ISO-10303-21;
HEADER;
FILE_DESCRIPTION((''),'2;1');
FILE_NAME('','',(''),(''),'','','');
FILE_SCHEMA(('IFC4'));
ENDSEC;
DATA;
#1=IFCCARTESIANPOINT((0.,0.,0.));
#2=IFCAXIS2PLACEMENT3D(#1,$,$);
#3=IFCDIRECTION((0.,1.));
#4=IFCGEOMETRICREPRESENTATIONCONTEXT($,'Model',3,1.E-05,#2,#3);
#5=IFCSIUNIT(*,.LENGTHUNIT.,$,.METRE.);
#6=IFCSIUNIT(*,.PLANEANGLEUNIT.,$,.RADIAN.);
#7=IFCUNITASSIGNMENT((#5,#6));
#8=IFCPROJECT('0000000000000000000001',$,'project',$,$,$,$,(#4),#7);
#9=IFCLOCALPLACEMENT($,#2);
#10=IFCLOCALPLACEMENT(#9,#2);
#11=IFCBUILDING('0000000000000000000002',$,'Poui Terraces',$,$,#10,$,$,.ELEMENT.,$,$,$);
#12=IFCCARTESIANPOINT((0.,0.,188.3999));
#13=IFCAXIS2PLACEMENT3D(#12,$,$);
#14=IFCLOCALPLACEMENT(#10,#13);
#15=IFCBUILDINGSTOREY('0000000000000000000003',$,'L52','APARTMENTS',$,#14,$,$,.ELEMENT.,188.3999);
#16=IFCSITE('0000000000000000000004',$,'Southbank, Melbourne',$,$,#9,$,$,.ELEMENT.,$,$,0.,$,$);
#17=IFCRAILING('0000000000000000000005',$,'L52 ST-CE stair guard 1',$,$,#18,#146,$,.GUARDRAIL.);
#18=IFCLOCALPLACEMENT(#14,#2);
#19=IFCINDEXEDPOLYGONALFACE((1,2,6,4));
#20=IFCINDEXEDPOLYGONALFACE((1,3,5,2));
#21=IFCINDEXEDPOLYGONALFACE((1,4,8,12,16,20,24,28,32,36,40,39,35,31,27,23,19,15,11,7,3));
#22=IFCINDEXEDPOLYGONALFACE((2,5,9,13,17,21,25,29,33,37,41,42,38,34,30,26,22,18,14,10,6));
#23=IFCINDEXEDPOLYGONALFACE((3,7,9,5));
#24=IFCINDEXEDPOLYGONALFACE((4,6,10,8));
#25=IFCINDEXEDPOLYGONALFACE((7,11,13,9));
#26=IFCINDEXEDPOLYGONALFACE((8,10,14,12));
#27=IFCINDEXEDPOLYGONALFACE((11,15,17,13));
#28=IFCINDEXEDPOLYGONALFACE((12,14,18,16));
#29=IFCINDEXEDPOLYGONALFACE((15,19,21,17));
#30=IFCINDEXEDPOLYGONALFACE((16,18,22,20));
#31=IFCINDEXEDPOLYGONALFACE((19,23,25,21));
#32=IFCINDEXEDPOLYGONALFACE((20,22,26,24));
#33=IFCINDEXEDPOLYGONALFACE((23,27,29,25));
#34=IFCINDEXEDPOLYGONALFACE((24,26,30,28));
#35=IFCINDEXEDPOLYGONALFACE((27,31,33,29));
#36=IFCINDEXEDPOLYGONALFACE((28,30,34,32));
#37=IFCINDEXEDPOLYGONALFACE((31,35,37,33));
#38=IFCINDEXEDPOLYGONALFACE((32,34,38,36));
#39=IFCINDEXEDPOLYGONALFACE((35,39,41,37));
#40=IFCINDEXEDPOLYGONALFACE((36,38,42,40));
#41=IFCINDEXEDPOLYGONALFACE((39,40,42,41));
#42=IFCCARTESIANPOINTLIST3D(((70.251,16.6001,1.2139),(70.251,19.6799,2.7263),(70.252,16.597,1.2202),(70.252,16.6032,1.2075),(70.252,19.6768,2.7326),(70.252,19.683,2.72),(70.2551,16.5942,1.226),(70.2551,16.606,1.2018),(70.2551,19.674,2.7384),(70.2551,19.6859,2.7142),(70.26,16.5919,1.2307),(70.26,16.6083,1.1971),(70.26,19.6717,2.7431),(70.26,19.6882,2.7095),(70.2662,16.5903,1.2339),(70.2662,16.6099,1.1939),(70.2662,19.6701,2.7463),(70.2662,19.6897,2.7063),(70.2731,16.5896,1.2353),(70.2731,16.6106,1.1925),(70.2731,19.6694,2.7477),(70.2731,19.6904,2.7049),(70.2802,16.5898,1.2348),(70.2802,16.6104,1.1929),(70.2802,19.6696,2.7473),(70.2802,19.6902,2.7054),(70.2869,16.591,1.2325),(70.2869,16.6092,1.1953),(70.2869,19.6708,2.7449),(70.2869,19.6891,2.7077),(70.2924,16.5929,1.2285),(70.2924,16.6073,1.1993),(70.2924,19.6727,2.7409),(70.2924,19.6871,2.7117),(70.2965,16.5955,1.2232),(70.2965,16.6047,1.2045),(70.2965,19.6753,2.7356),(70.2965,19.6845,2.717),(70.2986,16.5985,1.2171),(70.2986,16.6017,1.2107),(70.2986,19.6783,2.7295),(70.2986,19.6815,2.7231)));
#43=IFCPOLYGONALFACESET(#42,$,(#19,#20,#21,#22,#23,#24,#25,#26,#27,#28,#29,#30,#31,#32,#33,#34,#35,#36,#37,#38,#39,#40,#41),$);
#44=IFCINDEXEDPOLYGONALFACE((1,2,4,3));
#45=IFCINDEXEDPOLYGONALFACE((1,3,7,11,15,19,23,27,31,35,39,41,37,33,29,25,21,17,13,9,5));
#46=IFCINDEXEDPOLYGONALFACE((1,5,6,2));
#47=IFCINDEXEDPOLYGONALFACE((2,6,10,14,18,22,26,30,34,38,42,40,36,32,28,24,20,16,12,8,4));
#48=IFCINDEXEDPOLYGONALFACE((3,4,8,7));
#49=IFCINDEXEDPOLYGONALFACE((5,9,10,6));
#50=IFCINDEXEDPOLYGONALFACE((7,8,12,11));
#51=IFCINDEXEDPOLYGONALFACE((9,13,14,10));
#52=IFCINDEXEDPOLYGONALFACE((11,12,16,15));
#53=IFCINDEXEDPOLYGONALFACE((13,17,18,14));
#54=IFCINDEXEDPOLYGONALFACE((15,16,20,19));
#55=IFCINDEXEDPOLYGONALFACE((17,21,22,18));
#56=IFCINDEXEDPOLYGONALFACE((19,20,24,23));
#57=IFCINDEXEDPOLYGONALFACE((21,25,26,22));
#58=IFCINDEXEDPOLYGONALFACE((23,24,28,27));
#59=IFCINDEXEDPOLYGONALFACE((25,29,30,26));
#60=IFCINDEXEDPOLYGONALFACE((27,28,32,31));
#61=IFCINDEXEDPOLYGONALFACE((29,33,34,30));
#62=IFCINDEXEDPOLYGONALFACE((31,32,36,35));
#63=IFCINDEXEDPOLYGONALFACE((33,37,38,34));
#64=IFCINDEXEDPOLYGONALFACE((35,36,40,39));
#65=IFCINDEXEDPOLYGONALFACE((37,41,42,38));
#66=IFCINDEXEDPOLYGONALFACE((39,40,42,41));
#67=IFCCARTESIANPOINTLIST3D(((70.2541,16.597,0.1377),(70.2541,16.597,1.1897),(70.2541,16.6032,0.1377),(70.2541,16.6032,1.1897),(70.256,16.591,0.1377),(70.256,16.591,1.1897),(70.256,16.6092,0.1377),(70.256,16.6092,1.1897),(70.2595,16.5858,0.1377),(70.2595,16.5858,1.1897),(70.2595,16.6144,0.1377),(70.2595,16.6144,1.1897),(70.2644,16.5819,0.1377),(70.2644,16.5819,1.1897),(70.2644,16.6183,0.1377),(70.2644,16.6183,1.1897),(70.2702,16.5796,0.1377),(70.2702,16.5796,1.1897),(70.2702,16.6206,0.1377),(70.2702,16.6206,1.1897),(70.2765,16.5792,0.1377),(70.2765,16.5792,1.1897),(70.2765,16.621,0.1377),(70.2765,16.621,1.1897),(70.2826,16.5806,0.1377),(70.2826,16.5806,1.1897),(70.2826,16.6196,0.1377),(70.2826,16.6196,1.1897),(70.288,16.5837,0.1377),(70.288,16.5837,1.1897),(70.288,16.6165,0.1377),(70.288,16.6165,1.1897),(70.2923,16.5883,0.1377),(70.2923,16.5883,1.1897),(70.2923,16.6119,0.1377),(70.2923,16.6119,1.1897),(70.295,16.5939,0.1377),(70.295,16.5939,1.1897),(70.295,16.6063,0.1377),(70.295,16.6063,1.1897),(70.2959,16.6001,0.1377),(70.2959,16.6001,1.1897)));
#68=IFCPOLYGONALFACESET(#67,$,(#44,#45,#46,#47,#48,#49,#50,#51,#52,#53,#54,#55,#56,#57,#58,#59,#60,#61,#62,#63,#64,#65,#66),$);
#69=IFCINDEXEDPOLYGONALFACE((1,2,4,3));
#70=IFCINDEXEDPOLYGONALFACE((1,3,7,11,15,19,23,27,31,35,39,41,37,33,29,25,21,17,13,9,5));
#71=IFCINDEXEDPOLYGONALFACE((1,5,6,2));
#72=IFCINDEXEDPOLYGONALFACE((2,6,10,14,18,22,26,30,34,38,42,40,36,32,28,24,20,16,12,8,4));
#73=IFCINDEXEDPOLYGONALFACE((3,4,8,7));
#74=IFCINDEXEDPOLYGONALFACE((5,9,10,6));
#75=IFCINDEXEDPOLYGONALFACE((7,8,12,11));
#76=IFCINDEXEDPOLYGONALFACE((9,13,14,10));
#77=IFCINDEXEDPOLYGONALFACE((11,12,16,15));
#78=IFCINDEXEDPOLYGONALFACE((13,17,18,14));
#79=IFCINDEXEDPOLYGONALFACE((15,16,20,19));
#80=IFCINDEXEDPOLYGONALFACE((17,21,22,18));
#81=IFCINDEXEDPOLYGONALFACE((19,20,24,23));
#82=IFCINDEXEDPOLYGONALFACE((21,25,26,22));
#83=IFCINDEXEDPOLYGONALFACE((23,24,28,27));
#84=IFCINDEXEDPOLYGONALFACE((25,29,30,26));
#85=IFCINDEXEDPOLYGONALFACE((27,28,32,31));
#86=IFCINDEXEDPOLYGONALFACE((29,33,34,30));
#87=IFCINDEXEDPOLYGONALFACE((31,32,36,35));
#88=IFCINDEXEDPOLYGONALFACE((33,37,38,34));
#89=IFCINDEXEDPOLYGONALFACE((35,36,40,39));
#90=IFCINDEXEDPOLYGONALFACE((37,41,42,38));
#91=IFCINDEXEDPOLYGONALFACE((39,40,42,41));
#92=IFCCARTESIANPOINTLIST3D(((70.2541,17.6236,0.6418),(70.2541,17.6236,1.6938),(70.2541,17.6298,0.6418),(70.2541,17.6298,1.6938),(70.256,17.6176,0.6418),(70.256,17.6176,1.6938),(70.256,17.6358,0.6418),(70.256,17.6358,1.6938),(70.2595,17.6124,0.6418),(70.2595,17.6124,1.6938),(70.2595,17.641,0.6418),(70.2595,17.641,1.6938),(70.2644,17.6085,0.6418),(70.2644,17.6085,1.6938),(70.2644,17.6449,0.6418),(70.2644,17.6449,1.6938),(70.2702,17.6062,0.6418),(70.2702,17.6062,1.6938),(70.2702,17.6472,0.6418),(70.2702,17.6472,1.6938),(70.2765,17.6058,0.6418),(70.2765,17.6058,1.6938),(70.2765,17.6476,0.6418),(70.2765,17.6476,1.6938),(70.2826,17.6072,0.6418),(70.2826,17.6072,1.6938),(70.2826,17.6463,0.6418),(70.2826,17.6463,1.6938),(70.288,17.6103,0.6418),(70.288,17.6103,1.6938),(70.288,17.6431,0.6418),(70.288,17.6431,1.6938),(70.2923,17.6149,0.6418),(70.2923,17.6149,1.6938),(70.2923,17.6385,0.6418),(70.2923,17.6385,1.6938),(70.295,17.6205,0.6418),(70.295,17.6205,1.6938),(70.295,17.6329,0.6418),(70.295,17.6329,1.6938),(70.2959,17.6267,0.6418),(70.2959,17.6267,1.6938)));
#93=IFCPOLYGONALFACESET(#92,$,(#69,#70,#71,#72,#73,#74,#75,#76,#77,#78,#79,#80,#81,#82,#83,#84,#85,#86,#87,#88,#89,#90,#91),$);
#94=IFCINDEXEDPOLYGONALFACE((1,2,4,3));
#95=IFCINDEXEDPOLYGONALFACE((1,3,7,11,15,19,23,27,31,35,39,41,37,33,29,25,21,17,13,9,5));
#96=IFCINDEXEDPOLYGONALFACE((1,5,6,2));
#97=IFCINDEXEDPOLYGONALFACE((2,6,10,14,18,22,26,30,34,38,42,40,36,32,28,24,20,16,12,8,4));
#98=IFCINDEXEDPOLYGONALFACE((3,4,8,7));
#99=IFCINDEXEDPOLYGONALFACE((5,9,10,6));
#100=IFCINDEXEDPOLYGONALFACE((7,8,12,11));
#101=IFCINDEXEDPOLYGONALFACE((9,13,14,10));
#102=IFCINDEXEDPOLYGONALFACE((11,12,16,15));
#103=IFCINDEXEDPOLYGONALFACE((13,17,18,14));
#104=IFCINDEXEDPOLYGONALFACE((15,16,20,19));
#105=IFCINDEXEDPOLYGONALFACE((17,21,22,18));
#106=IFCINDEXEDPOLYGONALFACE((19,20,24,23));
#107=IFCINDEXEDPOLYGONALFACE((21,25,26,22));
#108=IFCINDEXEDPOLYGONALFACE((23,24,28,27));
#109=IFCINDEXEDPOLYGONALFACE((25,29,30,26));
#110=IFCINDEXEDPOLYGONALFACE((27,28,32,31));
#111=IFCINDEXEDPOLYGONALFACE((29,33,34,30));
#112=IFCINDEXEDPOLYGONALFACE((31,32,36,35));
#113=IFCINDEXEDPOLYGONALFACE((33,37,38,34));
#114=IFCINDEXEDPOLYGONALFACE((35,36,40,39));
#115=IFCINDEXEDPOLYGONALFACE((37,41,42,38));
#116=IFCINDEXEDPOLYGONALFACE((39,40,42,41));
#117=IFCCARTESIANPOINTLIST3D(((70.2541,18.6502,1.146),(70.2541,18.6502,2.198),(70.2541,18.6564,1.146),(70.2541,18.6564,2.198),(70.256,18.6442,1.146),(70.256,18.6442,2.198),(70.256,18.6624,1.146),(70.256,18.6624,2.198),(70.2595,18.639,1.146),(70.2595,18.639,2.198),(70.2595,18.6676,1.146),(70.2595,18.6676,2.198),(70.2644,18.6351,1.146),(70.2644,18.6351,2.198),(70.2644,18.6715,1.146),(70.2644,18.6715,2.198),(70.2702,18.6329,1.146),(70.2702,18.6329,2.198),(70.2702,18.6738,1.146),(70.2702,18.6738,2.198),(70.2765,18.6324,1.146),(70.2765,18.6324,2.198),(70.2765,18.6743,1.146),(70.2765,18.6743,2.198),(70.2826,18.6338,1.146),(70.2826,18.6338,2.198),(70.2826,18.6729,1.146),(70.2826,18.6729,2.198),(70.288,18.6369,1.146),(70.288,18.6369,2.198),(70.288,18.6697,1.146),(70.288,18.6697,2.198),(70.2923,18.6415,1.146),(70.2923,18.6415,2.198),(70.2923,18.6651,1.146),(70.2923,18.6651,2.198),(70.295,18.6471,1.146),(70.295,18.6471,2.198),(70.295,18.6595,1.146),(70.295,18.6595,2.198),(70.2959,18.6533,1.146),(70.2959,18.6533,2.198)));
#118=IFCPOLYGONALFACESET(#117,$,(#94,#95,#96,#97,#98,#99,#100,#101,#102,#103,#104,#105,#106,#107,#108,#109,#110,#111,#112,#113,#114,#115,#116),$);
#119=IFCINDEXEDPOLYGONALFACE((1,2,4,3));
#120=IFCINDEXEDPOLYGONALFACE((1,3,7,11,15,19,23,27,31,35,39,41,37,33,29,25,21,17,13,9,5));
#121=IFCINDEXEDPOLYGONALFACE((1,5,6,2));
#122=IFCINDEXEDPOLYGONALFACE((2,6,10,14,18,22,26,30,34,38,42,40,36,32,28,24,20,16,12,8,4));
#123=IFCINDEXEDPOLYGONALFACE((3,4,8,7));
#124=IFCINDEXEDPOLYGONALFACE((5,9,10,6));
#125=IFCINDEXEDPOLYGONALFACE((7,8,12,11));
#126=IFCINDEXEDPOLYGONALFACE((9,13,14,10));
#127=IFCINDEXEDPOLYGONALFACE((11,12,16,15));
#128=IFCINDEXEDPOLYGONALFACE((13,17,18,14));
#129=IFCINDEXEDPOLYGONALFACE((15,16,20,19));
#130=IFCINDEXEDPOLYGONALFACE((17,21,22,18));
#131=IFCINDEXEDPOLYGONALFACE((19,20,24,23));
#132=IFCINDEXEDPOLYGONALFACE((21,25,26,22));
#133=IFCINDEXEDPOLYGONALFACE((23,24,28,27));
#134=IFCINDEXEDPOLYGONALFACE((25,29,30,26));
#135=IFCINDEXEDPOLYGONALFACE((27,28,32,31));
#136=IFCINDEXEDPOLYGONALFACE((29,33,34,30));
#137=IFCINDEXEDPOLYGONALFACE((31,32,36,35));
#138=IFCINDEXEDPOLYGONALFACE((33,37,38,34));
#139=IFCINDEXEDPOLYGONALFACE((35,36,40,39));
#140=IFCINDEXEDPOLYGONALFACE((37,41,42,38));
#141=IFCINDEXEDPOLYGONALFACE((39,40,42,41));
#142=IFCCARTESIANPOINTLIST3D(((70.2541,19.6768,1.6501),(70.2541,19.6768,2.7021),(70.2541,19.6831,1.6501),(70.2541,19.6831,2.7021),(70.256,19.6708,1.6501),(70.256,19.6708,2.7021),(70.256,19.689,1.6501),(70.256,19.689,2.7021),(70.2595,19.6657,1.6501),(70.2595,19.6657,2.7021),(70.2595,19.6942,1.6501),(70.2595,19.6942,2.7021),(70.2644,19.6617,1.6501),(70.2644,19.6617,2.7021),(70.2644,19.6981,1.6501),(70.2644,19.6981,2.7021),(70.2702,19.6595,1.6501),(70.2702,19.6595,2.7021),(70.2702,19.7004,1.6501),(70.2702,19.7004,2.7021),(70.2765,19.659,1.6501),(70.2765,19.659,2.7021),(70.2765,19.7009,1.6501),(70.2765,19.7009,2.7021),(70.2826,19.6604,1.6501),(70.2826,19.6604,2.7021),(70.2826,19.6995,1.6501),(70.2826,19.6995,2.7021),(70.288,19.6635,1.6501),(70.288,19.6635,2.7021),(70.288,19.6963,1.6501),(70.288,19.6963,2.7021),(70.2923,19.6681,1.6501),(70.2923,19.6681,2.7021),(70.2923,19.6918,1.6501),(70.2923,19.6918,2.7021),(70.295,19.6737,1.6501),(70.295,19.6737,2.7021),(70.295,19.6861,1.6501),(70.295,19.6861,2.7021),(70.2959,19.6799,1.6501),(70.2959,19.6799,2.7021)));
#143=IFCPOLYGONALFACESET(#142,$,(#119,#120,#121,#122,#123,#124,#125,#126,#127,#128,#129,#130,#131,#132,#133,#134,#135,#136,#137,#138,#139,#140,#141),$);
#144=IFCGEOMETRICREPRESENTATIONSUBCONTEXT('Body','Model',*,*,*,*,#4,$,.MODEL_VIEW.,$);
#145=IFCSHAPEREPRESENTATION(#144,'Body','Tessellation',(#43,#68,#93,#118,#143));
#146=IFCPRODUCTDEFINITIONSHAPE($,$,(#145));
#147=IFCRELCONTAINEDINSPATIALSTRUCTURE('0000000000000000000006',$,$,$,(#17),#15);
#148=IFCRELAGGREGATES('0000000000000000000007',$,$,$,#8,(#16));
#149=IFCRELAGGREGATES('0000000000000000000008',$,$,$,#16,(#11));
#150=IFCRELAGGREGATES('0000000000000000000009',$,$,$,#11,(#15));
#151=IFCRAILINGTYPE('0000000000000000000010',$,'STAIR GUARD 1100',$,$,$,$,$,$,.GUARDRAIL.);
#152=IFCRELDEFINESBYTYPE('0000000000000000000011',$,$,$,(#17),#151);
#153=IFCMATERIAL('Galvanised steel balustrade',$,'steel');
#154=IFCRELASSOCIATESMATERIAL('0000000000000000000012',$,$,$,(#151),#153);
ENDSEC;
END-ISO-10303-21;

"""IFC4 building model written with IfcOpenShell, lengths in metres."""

from ifc_helpers import new_model, si_unit, direction, frame, origin, origin_2d, place, context, subcontext, project, spatial, circle, extrude, material, type_object, element, save


model = new_model("IFC4")

# Units and contexts
model_context = context("Model", 3, precision=1e-05, world=origin(), true_north=direction((0.0, 1.0)))
body_context = subcontext(model_context, "Body", "Model", "MODEL_VIEW")
ifc_project = project(units=[si_unit("LENGTHUNIT", "METRE"), si_unit("PLANEANGLEUNIT", "RADIAN")], contexts=[model_context])

# Site, building, storey
site_placement = place(None, origin())
site = spatial("IfcSite", under=ifc_project, at=site_placement, Name="Southbank, Melbourne", CompositionType="ELEMENT", RefElevation=0.0)
building_placement = place(site_placement, origin())
building = spatial("IfcBuilding", under=site, at=building_placement, Name="Poui Terraces", CompositionType="ELEMENT")
storey_placement = place(building_placement, frame((0.0, 0.0, 188.3999)))
storey = spatial("IfcBuildingStorey", under=building, at=storey_placement, Name="L52", Description="APARTMENTS", CompositionType="ELEMENT", Elevation=188.3999)

# Railing
ifc_material_1 = material(Name="Galvanised steel balustrade", Category="steel")
railing_type_1 = type_object("IfcRailingType", Name="STAIR GUARD 1100", PredefinedType="GUARDRAIL", material=ifc_material_1)
railing_1_placement = place(storey_placement, frame((70.2749, 16.6001, 0.1377)))
element("IfcRailing", 1, at=railing_1_placement, inside=storey, type_object=railing_type_1, Name="L52 ST-CE stair guard 1", PredefinedType="GUARDRAIL", context=body_context, shape_type="SweptSolid", body=[
    extrude(circle(Radius=0.0239, at=origin_2d()), frame((0.0, 0.0, 1.0762), z_axis=(0.0, 0.897606, 0.440798), x_axis=(-1.0, 0.0, 0.0)), (0.0, 0.0, 1.0), 3.4312),
    extrude(circle(Radius=0.021, at=origin_2d()), origin(), (0.0, 0.0, 1.0), 1.052),
    extrude(circle(Radius=0.021, at=origin_2d()), frame((0.0, 1.0266, 0.5042)), (0.0, 0.0, 1.0), 1.052),
    extrude(circle(Radius=0.021, at=origin_2d()), frame((0.0, 2.0532, 1.0083)), (0.0, 0.0, 1.0), 1.052),
    extrude(circle(Radius=0.021, at=origin_2d()), frame((0.0, 3.0798, 1.5125)), (0.0, 0.0, 1.0), 1.052),
])

save(model, "model.ifc")
